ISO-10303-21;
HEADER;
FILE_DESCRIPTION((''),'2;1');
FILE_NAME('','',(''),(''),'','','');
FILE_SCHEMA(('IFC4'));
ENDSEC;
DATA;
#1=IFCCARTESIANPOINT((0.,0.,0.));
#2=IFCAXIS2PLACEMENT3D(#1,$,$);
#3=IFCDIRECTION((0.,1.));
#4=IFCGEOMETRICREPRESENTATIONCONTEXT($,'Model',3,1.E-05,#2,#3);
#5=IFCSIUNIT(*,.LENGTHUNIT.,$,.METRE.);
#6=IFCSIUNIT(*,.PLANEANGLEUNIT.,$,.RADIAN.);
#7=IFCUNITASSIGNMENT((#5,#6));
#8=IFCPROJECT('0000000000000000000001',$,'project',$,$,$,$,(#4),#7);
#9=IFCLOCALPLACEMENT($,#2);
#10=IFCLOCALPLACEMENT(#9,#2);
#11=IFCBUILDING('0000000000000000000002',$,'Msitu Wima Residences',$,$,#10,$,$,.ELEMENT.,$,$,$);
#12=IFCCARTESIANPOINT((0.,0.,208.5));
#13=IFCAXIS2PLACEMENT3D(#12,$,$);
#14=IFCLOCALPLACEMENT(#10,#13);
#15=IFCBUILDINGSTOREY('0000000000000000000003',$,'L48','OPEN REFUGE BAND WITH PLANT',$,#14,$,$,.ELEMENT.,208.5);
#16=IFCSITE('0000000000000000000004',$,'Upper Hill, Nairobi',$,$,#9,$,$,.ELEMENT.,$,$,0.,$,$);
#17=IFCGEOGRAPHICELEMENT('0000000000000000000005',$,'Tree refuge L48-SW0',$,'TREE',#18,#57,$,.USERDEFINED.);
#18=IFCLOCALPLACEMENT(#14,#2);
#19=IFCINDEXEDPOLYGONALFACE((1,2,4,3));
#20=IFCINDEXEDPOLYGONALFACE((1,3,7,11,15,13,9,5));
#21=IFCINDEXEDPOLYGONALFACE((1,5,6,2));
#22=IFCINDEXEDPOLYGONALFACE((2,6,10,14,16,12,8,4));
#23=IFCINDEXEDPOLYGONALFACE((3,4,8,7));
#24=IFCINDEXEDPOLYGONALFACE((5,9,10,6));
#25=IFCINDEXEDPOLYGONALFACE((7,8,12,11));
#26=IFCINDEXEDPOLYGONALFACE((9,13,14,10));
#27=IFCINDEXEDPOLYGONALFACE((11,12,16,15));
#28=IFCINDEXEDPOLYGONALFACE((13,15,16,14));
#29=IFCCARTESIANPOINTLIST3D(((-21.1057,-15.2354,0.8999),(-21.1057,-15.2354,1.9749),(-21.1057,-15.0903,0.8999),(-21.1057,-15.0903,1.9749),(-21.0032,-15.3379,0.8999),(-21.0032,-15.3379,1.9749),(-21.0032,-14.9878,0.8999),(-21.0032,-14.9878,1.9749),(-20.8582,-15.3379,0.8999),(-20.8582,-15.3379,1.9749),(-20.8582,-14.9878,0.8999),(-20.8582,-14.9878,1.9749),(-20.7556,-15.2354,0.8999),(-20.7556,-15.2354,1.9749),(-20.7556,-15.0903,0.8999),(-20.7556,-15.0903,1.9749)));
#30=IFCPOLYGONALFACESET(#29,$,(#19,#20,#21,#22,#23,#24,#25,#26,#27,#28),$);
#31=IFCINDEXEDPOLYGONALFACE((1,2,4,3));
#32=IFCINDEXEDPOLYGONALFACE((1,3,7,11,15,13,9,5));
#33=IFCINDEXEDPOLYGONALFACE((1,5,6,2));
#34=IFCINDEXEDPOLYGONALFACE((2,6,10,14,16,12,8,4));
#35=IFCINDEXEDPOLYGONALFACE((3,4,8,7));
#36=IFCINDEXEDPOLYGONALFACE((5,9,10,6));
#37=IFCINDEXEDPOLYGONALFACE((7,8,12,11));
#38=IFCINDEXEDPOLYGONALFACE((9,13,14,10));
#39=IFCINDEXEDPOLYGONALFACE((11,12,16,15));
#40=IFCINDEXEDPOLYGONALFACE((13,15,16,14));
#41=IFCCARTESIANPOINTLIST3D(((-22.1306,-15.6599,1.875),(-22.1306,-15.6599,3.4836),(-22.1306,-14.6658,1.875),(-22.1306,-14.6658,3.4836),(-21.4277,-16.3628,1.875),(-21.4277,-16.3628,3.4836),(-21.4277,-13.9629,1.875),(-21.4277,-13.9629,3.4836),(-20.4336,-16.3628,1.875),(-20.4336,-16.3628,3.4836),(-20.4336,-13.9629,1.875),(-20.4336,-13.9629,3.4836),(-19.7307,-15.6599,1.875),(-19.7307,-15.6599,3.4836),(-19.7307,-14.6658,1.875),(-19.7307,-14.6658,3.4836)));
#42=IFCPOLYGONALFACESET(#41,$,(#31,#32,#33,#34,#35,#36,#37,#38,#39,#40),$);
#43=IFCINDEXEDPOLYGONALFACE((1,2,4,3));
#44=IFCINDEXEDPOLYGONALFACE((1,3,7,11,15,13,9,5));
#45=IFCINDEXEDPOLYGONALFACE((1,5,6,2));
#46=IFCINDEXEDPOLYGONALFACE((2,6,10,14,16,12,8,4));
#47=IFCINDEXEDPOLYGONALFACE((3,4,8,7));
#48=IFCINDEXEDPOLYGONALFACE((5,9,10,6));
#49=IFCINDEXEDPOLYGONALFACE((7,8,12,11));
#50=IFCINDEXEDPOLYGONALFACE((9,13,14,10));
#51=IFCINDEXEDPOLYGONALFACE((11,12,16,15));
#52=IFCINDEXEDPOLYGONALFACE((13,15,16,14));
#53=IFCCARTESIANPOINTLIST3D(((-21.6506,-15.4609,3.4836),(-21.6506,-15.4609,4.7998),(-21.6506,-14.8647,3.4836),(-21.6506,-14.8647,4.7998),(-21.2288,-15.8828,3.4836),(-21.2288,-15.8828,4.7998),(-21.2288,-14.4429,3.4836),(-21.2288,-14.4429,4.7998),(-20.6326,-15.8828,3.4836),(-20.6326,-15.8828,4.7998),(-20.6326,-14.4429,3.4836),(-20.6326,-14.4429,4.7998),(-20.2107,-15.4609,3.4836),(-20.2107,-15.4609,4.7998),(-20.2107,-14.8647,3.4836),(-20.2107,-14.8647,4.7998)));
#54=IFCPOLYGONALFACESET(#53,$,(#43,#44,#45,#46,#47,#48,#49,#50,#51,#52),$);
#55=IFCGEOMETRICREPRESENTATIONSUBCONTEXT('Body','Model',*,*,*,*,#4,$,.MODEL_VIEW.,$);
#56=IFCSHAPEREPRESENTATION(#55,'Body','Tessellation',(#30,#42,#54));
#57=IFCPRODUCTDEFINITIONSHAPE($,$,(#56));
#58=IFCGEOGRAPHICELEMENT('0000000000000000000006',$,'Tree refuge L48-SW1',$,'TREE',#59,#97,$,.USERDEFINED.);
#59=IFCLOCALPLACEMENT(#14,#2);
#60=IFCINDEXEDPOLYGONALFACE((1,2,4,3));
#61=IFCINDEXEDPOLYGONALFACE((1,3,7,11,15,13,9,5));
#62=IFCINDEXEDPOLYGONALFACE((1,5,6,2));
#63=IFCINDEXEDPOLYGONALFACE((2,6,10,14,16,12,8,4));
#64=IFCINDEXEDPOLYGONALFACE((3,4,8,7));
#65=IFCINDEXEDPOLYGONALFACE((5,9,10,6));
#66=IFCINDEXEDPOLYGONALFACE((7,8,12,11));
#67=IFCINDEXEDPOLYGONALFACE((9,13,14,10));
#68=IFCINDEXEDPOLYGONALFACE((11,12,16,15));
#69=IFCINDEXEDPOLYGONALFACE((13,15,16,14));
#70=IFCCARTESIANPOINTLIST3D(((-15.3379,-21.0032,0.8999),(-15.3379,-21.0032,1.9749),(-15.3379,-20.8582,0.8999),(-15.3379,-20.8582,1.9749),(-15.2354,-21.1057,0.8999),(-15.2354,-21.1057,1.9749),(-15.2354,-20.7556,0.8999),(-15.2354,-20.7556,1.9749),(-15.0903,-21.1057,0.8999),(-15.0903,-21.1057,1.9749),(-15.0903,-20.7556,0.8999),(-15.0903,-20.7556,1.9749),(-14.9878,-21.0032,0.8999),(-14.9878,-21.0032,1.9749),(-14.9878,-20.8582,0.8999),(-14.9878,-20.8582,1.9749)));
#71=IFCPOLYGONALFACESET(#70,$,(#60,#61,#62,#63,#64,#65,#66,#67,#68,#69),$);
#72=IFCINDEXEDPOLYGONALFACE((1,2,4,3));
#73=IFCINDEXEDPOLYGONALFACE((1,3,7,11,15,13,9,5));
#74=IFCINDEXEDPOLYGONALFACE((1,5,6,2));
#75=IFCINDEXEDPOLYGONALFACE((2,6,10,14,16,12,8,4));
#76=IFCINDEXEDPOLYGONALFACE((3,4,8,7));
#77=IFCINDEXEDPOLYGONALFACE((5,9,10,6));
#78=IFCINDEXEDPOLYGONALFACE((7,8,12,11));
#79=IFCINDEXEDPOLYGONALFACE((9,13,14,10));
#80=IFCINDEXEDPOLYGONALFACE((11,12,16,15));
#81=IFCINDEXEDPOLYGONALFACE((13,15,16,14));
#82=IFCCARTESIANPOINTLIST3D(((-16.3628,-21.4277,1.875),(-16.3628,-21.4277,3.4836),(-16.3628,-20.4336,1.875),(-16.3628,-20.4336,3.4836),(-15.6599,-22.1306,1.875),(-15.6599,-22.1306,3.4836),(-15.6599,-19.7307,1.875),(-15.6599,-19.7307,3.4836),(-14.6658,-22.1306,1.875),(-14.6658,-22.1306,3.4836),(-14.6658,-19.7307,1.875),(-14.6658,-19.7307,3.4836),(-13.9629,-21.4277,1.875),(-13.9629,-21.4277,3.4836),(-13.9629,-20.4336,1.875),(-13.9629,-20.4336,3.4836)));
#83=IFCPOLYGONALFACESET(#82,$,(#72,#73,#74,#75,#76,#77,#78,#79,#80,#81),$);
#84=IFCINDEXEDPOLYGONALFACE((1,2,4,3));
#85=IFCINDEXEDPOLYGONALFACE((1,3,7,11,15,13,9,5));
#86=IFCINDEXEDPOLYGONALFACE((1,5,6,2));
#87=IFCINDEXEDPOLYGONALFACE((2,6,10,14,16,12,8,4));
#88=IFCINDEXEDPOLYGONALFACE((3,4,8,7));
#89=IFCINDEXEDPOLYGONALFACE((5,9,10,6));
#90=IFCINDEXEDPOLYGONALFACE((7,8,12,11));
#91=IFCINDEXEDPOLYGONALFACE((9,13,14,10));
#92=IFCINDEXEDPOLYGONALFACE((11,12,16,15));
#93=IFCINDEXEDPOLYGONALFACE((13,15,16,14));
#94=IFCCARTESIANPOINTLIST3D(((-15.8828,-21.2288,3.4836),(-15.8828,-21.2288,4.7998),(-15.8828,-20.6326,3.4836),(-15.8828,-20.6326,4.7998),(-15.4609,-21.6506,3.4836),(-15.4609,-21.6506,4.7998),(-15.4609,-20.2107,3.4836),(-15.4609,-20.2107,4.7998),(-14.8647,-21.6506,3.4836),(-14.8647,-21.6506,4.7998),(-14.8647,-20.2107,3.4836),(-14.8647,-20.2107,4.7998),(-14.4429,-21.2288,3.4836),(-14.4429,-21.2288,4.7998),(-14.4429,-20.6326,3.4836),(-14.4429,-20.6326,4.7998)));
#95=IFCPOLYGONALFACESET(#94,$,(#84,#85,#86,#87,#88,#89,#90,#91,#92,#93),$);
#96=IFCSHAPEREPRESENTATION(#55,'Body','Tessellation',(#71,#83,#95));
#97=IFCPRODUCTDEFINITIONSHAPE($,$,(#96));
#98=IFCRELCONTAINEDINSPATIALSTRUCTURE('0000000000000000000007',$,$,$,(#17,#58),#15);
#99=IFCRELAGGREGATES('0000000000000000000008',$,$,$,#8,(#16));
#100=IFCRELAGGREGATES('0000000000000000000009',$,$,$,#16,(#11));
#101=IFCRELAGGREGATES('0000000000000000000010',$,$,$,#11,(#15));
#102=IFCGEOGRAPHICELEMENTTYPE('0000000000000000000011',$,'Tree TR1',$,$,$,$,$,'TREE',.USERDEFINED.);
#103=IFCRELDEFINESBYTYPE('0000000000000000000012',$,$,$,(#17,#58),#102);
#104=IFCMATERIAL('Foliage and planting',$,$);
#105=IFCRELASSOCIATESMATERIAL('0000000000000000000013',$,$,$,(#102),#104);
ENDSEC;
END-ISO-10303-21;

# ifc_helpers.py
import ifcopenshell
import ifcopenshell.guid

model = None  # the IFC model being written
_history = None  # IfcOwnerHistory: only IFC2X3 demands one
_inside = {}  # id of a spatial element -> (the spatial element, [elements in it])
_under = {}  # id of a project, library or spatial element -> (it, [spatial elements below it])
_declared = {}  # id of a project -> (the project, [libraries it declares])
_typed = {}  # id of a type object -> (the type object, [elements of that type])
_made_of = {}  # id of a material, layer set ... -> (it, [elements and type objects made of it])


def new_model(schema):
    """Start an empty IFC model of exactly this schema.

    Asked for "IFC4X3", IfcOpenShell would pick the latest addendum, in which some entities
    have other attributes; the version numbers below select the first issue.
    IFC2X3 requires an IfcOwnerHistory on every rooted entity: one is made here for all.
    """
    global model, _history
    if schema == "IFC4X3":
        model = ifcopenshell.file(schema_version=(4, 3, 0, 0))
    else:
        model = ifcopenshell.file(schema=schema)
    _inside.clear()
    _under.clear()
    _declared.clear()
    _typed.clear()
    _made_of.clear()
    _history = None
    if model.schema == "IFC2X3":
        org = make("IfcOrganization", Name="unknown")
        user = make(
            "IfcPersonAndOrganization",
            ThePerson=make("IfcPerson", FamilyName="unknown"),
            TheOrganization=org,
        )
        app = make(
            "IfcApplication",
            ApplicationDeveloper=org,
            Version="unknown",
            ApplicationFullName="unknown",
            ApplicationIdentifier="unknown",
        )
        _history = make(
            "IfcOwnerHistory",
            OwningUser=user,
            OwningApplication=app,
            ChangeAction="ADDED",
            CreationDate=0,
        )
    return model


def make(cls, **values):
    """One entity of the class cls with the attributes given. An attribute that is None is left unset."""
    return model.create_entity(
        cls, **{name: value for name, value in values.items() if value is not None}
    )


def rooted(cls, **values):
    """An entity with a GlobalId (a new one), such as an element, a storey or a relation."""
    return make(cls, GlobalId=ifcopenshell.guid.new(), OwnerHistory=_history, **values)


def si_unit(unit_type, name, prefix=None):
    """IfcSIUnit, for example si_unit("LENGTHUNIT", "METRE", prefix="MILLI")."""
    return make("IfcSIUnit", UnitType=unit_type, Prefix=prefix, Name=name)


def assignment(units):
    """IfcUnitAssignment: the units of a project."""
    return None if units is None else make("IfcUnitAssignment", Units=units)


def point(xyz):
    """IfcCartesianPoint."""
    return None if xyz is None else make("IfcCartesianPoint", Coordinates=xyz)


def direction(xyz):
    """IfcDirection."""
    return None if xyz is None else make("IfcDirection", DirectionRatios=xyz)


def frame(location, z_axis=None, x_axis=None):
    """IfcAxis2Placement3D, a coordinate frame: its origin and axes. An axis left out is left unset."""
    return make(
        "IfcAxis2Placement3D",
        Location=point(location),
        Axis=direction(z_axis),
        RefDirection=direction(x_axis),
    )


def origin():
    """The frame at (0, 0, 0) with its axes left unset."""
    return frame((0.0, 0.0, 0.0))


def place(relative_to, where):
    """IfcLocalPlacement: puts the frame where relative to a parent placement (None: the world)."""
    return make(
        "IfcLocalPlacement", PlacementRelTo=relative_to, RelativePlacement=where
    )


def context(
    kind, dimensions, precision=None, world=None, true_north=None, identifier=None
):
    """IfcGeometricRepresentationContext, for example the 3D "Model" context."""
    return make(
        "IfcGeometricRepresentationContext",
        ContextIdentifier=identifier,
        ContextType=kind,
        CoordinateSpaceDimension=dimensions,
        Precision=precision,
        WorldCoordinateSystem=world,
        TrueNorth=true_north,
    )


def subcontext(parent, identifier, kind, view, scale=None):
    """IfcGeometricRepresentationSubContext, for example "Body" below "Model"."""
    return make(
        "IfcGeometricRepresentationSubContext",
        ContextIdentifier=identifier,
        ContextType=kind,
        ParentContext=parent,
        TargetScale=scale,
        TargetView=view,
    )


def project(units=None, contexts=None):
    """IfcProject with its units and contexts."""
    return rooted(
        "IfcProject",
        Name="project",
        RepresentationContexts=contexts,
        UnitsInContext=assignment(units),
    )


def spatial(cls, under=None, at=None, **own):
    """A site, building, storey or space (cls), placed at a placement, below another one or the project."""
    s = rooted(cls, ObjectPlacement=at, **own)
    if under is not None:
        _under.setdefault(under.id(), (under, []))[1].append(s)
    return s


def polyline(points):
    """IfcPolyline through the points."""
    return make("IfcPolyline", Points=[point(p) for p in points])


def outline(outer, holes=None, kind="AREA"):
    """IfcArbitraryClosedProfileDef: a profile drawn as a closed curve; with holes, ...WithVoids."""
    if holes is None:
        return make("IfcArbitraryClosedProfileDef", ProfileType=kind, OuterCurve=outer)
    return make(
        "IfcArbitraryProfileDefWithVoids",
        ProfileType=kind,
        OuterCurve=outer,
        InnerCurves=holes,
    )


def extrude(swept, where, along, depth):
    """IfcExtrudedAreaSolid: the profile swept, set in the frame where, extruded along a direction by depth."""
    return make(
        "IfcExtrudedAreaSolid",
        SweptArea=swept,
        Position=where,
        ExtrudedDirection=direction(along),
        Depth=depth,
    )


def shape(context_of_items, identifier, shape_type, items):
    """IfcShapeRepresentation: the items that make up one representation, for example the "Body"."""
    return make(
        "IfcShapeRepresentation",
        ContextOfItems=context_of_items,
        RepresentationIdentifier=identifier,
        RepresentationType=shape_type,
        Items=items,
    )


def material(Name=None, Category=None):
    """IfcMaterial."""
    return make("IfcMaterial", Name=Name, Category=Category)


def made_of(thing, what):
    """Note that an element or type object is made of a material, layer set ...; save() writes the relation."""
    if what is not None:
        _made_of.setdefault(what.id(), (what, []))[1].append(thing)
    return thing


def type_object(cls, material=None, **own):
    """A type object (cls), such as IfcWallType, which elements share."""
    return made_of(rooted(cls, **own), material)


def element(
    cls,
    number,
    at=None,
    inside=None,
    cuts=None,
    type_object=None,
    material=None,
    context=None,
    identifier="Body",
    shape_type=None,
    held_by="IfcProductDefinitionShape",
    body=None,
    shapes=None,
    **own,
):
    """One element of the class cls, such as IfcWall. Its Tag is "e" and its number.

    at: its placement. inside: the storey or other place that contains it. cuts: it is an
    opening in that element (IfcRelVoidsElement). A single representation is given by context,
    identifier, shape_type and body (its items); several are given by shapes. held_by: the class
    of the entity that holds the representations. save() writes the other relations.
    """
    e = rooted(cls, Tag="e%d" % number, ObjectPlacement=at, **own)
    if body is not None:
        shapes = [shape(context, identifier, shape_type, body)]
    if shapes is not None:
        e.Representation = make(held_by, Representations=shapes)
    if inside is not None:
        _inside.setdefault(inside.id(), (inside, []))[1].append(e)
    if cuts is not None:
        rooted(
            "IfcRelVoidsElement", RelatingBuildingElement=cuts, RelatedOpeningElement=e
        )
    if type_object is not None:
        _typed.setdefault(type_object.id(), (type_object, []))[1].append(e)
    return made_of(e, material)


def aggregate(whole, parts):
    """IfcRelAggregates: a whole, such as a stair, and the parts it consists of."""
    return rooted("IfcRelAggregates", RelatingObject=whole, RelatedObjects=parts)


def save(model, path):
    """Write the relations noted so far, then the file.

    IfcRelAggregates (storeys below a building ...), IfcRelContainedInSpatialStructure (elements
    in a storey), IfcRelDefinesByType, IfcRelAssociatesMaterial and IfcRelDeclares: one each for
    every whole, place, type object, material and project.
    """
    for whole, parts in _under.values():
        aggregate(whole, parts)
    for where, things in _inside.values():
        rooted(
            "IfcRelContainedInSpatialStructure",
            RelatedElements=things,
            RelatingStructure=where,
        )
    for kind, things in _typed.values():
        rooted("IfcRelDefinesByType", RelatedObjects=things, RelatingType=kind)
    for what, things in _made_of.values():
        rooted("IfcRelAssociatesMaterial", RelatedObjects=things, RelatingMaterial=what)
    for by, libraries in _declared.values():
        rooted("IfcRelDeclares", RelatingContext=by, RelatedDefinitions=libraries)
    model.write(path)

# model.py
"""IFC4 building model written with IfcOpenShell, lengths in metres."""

from ifc_helpers import new_model, si_unit, direction, frame, origin, place, context, subcontext, project, spatial, polyline, outline, extrude, material, type_object, element, save


model = new_model("IFC4")

# Units and contexts
model_context = context("Model", 3, precision=1e-05, world=origin(), true_north=direction((0.0, 1.0)))
body_context = subcontext(model_context, "Body", "Model", "MODEL_VIEW")
ifc_project = project(units=[si_unit("LENGTHUNIT", "METRE"), si_unit("PLANEANGLEUNIT", "RADIAN")], contexts=[model_context])

# Site, building, storey
site_placement = place(None, origin())
site = spatial("IfcSite", under=ifc_project, at=site_placement, Name="Upper Hill, Nairobi", CompositionType="ELEMENT", RefElevation=0.0)
building_placement = place(site_placement, origin())
building = spatial("IfcBuilding", under=site, at=building_placement, Name="Msitu Wima Residences", CompositionType="ELEMENT")
storey_placement = place(building_placement, frame((0.0, 0.0, 208.5)))
storey = spatial("IfcBuildingStorey", under=building, at=storey_placement, Name="L48", Description="OPEN REFUGE BAND WITH PLANT", CompositionType="ELEMENT", Elevation=208.5)

# Geographic elements
ifc_material_1 = material(Name="Foliage and planting")
geographic_element_type = type_object("IfcGeographicElementType", Name="Tree TR1", ElementType="TREE", PredefinedType="USERDEFINED", material=ifc_material_1)
for number, where, z_axis, x_axis, name in (
    (1, (-20.9307, -15.1628, 0.8999), (0.0, 0.0, 1.0), (1.0, 0.0, 0.0), "Tree refuge L48-SW0"),
    (2, (-15.1628, -20.9307, 0.8999), (0.0, 0.0, 1.0), (1.0, 0.0, 0.0), "Tree refuge L48-SW1"),
):
    element("IfcGeographicElement", number, at=place(storey_placement, frame(where, z_axis=z_axis, x_axis=x_axis)), inside=storey, type_object=geographic_element_type, Name=name, ObjectType="TREE", PredefinedType="USERDEFINED", context=body_context, shape_type="SweptSolid", body=[
        extrude(outline(polyline([(0.175, 0.0725), (0.0725, 0.175), (-0.0725, 0.175), (-0.175, 0.0725), (-0.175, -0.0725), (-0.0725, -0.175), (0.0725, -0.175), (0.175, -0.0725), (0.175, 0.0725)])), origin(), (0.0, 0.0, 1.0), 1.075),
        extrude(outline(polyline([(1.2, 0.4971), (0.4971, 1.2), (-0.4971, 1.2), (-1.2, 0.4971), (-1.2, -0.4971), (-0.4971, -1.2), (0.4971, -1.2), (1.2, -0.4971), (1.2, 0.4971)])), frame((0.0, 0.0, 0.9751)), (0.0, 0.0, 1.0), 1.6086),
        extrude(outline(polyline([(0.72, 0.2981), (0.2981, 0.72), (-0.2981, 0.72), (-0.72, 0.2981), (-0.72, -0.2981), (-0.2981, -0.72), (0.2981, -0.72), (0.72, -0.2981), (0.72, 0.2981)])), frame((0.0, 0.0, 2.5837)), (0.0, 0.0, 1.0), 1.3162),
    ])

save(model, "model.ifc")
